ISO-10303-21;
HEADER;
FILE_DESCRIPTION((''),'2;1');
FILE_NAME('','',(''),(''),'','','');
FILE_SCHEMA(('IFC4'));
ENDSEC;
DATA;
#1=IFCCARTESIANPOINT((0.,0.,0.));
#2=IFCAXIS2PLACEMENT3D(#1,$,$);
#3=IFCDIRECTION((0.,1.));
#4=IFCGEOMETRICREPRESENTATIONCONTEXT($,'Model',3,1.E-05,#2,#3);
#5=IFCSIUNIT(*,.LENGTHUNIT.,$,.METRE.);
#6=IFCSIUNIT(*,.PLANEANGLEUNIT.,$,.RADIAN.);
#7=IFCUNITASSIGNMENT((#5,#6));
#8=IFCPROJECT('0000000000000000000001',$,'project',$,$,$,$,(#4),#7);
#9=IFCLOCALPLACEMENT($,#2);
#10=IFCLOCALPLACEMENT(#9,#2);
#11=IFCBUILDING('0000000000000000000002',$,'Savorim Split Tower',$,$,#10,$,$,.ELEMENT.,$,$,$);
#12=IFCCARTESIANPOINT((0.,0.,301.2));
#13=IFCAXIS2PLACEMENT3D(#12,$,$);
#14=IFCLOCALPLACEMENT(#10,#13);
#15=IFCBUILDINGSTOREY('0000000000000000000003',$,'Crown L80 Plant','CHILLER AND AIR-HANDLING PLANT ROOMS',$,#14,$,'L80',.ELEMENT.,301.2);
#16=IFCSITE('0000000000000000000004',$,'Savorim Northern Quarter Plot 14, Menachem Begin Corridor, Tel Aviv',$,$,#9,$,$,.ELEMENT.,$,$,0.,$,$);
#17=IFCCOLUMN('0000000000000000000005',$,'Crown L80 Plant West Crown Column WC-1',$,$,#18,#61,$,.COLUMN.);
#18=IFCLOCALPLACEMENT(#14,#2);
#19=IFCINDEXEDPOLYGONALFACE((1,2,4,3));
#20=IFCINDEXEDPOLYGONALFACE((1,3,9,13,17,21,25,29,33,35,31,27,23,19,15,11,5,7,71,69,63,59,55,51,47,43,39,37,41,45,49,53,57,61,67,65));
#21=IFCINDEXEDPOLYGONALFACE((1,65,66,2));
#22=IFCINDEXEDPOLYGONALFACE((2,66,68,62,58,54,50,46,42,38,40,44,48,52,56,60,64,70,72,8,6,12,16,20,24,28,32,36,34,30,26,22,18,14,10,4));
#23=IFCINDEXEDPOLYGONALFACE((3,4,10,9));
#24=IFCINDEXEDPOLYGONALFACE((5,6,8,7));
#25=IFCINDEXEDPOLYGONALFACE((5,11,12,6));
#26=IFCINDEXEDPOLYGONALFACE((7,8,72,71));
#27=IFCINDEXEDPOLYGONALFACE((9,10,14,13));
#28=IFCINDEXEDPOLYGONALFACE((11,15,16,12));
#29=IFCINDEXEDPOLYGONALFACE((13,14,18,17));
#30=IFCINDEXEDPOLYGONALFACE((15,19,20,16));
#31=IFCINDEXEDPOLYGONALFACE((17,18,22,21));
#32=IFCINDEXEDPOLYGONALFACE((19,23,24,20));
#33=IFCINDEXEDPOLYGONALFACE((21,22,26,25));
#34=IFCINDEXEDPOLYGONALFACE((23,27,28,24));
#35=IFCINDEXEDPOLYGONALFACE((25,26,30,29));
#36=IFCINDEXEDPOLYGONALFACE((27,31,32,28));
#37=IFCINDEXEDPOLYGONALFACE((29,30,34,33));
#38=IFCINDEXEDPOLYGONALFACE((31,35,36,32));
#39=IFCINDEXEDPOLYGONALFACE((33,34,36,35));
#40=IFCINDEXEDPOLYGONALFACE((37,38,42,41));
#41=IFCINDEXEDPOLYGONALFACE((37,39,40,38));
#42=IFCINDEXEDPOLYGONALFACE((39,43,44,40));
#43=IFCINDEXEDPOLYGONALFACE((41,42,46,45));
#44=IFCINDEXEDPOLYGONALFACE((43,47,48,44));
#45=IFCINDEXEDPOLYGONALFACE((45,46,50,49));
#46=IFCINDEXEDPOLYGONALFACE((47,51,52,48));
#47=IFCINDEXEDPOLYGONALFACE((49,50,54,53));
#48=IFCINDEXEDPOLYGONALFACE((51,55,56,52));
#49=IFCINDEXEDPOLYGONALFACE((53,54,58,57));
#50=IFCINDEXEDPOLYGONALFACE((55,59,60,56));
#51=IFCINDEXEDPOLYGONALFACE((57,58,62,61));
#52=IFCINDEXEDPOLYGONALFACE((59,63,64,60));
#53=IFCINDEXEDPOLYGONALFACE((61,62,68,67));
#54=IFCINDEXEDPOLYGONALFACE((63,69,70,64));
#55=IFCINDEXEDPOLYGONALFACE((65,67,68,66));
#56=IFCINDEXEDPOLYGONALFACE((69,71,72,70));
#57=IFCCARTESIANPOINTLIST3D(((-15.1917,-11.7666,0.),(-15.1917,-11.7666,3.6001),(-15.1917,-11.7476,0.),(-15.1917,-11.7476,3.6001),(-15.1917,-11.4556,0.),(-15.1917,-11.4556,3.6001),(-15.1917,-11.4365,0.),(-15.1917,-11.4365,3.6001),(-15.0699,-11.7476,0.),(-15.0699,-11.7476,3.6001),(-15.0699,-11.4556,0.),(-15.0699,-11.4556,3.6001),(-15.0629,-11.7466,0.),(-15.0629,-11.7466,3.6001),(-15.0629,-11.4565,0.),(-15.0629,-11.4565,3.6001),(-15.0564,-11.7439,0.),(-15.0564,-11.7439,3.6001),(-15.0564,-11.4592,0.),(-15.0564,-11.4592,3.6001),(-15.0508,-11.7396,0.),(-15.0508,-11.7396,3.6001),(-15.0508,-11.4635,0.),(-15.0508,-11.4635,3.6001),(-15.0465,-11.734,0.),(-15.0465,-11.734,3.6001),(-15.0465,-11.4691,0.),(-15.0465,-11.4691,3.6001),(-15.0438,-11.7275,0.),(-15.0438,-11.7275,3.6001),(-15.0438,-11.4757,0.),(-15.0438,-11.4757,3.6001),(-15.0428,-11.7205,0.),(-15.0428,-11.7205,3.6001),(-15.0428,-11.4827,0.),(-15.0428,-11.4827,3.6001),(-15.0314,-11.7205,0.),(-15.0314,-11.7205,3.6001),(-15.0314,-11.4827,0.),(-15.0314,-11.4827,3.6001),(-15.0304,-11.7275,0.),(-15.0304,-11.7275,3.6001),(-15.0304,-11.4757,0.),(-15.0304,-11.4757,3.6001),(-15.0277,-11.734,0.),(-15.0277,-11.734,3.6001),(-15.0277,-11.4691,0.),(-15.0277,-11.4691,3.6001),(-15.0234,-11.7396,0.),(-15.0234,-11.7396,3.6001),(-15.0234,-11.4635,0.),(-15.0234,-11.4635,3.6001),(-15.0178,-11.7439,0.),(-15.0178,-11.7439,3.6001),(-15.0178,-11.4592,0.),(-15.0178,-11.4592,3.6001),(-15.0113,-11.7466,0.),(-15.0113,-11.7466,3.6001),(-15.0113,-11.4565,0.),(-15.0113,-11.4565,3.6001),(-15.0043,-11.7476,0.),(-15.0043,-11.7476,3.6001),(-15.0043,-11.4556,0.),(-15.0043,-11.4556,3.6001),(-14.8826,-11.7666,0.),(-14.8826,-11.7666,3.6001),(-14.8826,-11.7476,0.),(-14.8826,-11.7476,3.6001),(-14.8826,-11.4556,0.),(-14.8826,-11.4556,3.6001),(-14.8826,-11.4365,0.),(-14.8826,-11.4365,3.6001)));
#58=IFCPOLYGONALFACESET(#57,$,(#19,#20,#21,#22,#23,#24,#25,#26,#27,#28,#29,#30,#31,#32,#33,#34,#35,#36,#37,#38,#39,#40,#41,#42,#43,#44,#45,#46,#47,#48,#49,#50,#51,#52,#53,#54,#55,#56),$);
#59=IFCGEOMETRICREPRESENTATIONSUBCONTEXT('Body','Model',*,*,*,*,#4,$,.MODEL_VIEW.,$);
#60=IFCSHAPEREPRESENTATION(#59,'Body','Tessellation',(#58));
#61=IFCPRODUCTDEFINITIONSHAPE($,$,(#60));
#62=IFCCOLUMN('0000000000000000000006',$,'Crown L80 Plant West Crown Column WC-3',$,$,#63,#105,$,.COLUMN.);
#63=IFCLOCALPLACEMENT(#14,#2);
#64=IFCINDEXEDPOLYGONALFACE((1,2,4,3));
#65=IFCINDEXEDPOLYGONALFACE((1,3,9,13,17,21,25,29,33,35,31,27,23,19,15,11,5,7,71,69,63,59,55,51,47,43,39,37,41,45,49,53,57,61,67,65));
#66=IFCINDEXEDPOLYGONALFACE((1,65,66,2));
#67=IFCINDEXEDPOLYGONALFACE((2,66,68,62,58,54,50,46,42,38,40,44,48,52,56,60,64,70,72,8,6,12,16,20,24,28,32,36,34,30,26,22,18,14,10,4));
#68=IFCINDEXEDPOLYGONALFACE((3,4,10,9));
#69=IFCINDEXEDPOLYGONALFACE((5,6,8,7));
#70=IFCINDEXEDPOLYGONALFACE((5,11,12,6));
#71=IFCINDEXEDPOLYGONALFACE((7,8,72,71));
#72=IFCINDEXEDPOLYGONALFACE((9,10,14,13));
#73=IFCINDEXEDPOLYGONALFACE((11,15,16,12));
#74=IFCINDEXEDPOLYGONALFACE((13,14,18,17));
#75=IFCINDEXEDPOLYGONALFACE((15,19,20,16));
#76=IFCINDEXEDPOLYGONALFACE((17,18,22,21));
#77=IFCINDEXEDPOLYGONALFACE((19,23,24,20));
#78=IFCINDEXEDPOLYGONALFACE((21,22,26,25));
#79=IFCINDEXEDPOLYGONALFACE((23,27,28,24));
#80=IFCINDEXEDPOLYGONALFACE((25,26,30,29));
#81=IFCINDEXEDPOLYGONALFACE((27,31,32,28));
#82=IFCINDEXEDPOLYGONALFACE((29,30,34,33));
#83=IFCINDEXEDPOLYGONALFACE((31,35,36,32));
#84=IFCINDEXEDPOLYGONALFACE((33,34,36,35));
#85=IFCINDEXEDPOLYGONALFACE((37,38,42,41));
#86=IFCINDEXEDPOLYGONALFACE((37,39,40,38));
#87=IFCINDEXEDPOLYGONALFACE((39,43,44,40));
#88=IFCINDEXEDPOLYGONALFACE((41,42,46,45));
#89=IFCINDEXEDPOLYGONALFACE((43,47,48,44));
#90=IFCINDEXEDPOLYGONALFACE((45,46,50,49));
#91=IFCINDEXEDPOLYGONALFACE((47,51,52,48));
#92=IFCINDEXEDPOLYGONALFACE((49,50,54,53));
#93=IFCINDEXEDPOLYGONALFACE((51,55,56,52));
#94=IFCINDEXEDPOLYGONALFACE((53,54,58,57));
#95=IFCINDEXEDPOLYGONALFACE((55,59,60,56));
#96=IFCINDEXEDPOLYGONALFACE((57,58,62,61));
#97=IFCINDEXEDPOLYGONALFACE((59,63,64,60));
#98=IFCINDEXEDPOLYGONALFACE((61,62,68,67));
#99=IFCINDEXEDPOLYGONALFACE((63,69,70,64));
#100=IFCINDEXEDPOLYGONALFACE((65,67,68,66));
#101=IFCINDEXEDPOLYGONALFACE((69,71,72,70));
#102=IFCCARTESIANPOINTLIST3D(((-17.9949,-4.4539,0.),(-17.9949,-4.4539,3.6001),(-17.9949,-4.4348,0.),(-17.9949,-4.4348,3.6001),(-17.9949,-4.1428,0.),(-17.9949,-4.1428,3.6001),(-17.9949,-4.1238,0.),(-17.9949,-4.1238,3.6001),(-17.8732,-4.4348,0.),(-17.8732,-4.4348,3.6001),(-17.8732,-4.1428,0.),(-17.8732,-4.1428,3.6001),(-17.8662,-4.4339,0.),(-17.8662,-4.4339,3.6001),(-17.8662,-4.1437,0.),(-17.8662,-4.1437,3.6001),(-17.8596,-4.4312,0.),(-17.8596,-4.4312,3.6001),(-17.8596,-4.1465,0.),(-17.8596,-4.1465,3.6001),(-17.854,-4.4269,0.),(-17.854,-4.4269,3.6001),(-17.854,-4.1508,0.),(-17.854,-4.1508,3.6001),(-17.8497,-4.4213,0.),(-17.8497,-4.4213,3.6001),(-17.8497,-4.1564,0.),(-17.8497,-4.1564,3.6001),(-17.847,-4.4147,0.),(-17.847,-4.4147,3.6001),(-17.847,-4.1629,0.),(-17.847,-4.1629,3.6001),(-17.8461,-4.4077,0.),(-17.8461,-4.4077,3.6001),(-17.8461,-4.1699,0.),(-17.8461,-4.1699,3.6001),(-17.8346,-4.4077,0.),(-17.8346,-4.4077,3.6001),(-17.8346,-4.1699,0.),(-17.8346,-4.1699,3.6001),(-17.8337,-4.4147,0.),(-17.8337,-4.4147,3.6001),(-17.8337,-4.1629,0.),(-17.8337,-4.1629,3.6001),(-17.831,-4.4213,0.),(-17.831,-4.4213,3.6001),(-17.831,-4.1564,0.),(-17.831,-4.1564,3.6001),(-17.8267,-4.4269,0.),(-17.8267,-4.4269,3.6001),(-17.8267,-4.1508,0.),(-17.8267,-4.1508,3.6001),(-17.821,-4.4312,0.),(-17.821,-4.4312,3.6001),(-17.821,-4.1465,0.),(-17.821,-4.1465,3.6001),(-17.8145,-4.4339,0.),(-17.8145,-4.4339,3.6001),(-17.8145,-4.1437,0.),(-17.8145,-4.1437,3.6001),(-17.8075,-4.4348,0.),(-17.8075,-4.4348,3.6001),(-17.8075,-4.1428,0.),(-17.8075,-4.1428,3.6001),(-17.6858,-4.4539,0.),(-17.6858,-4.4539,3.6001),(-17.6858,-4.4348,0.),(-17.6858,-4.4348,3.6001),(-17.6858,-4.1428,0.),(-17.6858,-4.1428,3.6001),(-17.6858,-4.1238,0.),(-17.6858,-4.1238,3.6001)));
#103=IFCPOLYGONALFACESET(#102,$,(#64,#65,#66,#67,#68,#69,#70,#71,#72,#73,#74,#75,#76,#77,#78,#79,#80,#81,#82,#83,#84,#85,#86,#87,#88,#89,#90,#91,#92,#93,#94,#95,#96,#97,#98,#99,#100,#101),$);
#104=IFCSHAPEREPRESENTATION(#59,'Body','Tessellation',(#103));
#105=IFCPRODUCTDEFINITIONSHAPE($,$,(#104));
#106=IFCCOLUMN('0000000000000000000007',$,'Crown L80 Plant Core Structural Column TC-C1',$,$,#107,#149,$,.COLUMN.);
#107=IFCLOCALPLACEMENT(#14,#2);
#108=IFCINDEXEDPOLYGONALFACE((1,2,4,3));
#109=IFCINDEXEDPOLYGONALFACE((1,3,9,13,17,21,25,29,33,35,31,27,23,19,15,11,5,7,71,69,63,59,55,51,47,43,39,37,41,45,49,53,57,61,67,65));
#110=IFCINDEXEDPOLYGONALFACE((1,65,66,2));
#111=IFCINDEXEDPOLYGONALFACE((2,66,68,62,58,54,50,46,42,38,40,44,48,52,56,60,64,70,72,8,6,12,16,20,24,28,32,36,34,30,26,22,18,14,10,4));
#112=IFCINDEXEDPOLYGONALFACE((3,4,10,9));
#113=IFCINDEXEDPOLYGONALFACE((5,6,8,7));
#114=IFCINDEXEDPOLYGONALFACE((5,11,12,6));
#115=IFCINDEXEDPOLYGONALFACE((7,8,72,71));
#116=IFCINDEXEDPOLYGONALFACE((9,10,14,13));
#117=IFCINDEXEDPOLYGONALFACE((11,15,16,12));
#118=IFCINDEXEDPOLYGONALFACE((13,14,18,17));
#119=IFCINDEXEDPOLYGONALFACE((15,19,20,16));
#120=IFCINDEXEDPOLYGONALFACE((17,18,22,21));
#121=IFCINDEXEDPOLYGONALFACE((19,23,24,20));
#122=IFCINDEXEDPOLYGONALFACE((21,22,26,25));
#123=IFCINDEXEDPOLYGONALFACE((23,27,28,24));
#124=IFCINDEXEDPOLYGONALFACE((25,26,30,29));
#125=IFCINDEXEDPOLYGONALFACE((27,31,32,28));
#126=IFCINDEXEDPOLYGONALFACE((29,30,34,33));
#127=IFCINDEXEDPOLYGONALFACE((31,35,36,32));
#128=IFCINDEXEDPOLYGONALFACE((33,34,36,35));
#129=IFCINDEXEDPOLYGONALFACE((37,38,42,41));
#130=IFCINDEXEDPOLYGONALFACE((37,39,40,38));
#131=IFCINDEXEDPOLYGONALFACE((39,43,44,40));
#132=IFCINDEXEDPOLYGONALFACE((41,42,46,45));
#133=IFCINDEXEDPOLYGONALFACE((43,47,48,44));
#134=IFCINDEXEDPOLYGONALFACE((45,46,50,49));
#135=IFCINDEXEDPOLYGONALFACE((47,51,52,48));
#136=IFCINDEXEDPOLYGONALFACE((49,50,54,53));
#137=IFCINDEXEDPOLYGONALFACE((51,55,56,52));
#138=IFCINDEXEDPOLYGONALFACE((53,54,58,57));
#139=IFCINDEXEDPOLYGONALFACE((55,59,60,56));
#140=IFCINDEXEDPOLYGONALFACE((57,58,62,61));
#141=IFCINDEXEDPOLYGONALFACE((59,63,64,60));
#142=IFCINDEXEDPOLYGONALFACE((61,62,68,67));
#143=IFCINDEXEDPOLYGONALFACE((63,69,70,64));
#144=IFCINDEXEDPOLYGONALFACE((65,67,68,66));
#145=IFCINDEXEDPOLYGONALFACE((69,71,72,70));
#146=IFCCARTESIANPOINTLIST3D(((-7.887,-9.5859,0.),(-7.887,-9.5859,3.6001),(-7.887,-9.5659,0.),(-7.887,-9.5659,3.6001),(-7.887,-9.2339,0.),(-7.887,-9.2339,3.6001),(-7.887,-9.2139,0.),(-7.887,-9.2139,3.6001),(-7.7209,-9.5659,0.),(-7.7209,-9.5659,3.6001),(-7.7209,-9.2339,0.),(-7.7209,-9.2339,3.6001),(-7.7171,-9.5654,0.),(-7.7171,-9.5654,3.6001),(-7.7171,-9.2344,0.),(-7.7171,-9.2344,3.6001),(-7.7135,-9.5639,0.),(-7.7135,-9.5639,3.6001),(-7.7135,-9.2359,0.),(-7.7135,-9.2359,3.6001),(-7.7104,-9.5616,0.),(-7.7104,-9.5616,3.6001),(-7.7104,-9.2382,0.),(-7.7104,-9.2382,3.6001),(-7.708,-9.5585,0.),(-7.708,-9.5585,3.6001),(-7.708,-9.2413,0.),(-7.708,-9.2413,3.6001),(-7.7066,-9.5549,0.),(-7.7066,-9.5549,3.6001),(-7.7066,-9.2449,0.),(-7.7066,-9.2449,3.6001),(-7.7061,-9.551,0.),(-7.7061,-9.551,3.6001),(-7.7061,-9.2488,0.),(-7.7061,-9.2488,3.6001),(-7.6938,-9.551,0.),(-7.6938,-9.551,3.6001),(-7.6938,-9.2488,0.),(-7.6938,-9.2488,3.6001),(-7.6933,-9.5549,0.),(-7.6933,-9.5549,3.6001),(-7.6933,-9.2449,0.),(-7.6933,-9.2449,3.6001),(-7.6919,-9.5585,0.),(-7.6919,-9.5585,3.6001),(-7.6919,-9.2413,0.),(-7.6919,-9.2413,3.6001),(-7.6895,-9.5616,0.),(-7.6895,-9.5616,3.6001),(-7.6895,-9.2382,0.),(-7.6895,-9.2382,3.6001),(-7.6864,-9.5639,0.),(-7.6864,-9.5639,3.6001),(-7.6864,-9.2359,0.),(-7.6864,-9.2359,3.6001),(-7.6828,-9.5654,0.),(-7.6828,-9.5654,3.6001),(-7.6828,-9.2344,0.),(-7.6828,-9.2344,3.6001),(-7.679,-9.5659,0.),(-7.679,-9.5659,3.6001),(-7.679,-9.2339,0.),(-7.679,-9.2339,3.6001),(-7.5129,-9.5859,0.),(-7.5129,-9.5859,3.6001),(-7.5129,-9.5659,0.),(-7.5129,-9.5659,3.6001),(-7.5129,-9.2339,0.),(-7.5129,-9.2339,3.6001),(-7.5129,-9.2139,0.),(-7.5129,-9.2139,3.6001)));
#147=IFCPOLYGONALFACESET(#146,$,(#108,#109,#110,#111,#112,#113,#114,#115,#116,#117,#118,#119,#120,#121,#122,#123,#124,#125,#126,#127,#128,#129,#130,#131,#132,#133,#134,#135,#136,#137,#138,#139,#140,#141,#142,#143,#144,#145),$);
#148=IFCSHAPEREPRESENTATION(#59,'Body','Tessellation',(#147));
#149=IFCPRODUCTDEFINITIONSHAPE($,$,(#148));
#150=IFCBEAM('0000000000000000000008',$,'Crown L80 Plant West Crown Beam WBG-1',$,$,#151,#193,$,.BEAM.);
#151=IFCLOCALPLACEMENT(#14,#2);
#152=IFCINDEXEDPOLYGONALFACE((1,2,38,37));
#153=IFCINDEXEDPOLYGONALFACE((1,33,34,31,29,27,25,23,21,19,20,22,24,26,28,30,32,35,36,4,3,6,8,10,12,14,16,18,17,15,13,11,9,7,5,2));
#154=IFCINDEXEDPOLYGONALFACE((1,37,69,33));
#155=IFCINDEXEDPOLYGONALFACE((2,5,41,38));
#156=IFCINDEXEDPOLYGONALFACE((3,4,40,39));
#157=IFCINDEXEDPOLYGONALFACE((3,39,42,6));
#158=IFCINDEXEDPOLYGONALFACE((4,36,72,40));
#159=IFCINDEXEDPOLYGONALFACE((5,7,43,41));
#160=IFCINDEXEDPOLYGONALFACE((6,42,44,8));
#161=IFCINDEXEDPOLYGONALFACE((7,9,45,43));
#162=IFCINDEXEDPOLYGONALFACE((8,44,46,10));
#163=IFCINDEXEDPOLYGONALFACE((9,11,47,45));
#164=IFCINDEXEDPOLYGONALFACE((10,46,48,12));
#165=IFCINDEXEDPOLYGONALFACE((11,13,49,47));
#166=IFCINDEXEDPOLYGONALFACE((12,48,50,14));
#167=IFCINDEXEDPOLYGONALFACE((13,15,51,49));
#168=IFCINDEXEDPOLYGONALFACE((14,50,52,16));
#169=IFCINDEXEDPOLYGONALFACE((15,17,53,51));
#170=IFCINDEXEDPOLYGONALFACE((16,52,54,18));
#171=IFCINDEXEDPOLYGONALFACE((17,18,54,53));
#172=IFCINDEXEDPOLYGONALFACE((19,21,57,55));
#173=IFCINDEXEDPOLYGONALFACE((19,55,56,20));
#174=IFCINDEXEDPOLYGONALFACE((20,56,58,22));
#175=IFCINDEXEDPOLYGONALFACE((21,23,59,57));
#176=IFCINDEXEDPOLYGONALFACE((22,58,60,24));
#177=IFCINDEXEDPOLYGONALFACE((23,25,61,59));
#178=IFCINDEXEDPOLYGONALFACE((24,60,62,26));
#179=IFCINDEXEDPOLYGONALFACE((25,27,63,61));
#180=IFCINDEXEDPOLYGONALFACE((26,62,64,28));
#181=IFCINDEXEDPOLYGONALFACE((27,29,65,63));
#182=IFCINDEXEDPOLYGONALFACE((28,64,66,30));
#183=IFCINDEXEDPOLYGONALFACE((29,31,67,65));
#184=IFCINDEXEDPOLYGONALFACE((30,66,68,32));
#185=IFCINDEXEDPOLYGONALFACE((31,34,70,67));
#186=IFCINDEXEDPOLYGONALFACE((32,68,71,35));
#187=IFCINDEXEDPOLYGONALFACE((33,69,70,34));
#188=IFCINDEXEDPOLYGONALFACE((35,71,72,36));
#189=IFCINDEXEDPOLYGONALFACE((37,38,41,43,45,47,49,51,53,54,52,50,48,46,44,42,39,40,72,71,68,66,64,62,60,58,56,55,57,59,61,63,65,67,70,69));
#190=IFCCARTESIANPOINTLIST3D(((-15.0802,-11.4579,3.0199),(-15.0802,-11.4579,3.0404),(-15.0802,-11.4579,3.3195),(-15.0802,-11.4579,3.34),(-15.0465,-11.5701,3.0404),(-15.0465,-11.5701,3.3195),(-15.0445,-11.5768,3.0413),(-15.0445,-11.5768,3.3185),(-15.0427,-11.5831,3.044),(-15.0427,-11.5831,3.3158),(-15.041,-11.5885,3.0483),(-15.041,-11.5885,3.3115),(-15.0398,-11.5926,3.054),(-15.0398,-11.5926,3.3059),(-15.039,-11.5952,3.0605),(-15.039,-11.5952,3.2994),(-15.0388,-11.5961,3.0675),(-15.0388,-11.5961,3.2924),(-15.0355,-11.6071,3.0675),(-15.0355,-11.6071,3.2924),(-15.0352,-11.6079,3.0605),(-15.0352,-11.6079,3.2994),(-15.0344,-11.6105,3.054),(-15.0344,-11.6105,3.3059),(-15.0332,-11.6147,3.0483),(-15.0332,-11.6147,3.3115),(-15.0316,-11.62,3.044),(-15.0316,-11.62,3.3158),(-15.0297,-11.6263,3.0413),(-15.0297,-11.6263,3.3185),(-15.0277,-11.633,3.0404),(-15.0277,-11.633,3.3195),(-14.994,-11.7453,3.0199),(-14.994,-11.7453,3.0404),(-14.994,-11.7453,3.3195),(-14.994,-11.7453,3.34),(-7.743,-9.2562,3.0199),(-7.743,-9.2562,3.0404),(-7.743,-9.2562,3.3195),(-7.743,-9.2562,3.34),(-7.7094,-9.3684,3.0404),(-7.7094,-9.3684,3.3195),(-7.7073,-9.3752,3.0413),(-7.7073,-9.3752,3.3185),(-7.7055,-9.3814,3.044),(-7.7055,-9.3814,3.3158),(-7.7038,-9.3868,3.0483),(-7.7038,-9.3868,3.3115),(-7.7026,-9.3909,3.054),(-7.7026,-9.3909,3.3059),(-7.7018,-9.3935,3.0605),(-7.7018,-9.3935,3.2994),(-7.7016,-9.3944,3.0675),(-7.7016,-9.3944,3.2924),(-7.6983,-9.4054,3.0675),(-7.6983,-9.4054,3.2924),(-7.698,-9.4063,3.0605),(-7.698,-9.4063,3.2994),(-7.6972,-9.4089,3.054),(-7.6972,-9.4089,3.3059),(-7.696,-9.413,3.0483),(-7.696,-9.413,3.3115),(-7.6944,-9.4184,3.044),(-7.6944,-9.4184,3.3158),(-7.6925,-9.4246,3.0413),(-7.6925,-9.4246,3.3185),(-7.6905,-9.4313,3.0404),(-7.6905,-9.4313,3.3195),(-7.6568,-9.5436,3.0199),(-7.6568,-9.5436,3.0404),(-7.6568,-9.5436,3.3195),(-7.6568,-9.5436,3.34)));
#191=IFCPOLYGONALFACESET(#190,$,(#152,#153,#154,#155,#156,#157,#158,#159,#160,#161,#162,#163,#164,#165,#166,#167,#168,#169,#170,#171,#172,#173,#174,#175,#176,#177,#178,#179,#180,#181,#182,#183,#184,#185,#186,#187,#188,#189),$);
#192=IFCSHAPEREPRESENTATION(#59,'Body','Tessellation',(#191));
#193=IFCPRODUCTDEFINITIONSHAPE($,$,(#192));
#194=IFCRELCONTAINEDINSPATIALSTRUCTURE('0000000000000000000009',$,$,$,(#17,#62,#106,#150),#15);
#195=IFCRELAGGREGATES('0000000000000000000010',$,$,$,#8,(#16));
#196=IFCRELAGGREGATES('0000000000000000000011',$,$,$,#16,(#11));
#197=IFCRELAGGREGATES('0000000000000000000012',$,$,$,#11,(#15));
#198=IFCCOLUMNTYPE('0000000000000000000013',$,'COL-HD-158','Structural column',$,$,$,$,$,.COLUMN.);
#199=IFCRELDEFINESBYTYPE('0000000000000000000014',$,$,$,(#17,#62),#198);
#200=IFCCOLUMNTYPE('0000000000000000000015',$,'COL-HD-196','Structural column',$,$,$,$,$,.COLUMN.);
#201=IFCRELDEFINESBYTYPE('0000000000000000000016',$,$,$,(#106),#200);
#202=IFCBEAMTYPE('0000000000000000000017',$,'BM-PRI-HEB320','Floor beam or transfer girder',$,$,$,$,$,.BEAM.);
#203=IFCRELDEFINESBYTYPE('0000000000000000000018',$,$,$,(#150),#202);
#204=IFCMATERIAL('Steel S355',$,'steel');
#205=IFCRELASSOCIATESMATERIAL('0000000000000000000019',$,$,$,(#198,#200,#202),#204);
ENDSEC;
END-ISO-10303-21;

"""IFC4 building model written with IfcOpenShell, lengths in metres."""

from ifc_helpers import new_model, si_unit, direction, frame, origin, origin_2d, place, context, subcontext, project, spatial, i_section, extrude, material, material_profile, profile_set, type_object, element, save


model = new_model("IFC4")

# Units and contexts
model_context = context("Model", 3, precision=1e-05, world=origin(), true_north=direction((0.0, 1.0)))
body_context = subcontext(model_context, "Body", "Model", "MODEL_VIEW")
ifc_project = project(units=[si_unit("LENGTHUNIT", "METRE"), si_unit("PLANEANGLEUNIT", "RADIAN")], contexts=[model_context])

# Site, building, storey
site_placement = place(None, origin())
site = spatial("IfcSite", under=ifc_project, at=site_placement, Name="Savorim Northern Quarter Plot 14, Menachem Begin Corridor, Tel Aviv", CompositionType="ELEMENT", RefElevation=0.0)
building_placement = place(site_placement, origin())
building = spatial("IfcBuilding", under=site, at=building_placement, Name="Savorim Split Tower", CompositionType="ELEMENT")
storey_placement = place(building_placement, frame((0.0, 0.0, 301.2)))
storey = spatial("IfcBuildingStorey", under=building, at=storey_placement, Name="Crown L80 Plant", Description="CHILLER AND AIR-HANDLING PLANT ROOMS", LongName="L80", CompositionType="ELEMENT", Elevation=301.2)

# Columns
ifc_material_1 = material(Name="Steel S355", Category="steel")
ifc_material_profile_1 = material_profile(ifc_material_1, i_section(OverallWidth=0.3091, OverallDepth=0.3301, WebThickness=0.0115, FlangeThickness=0.019, FilletRadius=0.0271, at=origin_2d()), Name="HD 320x158")
ifc_profile_set_1 = profile_set([ifc_material_profile_1], Name="Steel S355")
column_type_1 = type_object("IfcColumnType", Name="COL-HD-158", Description="Structural column", PredefinedType="COLUMN", material=ifc_profile_set_1)
for number, where, z_axis, x_axis, name in (
    (1, (-15.0371, -11.6016, 0.0), (0.0, 0.0, 1.0), (1.0, 0.0, 0.0), "Crown L80 Plant West Crown Column WC-1"),
    (2, (-17.8403, -4.2888, 0.0), (0.0, 0.0, 1.0), (1.0, 0.0, 0.0), "Crown L80 Plant West Crown Column WC-3"),
):
    element("IfcColumn", number, at=place(storey_placement, frame(where, z_axis=z_axis, x_axis=x_axis)), inside=storey, type_object=column_type_1, Name=name, PredefinedType="COLUMN", context=body_context, shape_type="SweptSolid", body=[
        extrude(i_section(OverallWidth=0.3091, OverallDepth=0.3301, WebThickness=0.0115, FlangeThickness=0.019, FilletRadius=0.0271, at=origin_2d()), origin(), (0.0, 0.0, 1.0), 3.6001),
    ])
ifc_material_profile_2 = material_profile(ifc_material_1, i_section(OverallWidth=0.374, OverallDepth=0.3721, WebThickness=0.0122, FlangeThickness=0.02, FilletRadius=0.0149, at=origin_2d()), Name="HD 360x196")
ifc_profile_set_2 = profile_set([ifc_material_profile_2], Name="Steel S355")
column_type_2 = type_object("IfcColumnType", Name="COL-HD-196", Description="Structural column", PredefinedType="COLUMN", material=ifc_profile_set_2)
column_placement = place(storey_placement, frame((-7.7, -9.3999, 0.0), z_axis=(0.0, 0.0, 1.0), x_axis=(1.0, 0.0, 0.0)))
element("IfcColumn", 3, at=column_placement, inside=storey, type_object=column_type_2, Name="Crown L80 Plant Core Structural Column TC-C1", PredefinedType="COLUMN", context=body_context, shape_type="SweptSolid", body=[
    extrude(i_section(OverallWidth=0.374, OverallDepth=0.3721, WebThickness=0.0122, FlangeThickness=0.02, FilletRadius=0.0149, at=origin_2d()), origin(), (0.0, 0.0, 1.0), 3.6001),
])

# Beam
ifc_material_profile_3 = material_profile(ifc_material_1, i_section(OverallWidth=0.3, OverallDepth=0.3201, WebThickness=0.0115, FlangeThickness=0.0205, FilletRadius=0.0271, at=origin_2d()), Name="HEB 320")
ifc_profile_set_3 = profile_set([ifc_material_profile_3], Name="Steel S355")
beam_type = type_object("IfcBeamType", Name="BM-PRI-HEB320", Description="Floor beam or transfer girder", PredefinedType="BEAM", material=ifc_profile_set_3)
beam_1_placement = place(storey_placement, frame((-15.0371, -11.6016, 3.1799), z_axis=(0.957808, 0.287409, 0.0), x_axis=(-0.287409, 0.957808, 0.0)))
element("IfcBeam", 4, at=beam_1_placement, inside=storey, type_object=beam_type, Name="Crown L80 Plant West Crown Beam WBG-1", PredefinedType="BEAM", context=body_context, shape_type="SweptSolid", body=[
    extrude(i_section(OverallWidth=0.3, OverallDepth=0.3201, WebThickness=0.0115, FlangeThickness=0.0205, FilletRadius=0.0271, at=origin_2d()), origin(), (0.0, 0.0, 1.0), 7.6604),
])

save(model, "model.ifc")
